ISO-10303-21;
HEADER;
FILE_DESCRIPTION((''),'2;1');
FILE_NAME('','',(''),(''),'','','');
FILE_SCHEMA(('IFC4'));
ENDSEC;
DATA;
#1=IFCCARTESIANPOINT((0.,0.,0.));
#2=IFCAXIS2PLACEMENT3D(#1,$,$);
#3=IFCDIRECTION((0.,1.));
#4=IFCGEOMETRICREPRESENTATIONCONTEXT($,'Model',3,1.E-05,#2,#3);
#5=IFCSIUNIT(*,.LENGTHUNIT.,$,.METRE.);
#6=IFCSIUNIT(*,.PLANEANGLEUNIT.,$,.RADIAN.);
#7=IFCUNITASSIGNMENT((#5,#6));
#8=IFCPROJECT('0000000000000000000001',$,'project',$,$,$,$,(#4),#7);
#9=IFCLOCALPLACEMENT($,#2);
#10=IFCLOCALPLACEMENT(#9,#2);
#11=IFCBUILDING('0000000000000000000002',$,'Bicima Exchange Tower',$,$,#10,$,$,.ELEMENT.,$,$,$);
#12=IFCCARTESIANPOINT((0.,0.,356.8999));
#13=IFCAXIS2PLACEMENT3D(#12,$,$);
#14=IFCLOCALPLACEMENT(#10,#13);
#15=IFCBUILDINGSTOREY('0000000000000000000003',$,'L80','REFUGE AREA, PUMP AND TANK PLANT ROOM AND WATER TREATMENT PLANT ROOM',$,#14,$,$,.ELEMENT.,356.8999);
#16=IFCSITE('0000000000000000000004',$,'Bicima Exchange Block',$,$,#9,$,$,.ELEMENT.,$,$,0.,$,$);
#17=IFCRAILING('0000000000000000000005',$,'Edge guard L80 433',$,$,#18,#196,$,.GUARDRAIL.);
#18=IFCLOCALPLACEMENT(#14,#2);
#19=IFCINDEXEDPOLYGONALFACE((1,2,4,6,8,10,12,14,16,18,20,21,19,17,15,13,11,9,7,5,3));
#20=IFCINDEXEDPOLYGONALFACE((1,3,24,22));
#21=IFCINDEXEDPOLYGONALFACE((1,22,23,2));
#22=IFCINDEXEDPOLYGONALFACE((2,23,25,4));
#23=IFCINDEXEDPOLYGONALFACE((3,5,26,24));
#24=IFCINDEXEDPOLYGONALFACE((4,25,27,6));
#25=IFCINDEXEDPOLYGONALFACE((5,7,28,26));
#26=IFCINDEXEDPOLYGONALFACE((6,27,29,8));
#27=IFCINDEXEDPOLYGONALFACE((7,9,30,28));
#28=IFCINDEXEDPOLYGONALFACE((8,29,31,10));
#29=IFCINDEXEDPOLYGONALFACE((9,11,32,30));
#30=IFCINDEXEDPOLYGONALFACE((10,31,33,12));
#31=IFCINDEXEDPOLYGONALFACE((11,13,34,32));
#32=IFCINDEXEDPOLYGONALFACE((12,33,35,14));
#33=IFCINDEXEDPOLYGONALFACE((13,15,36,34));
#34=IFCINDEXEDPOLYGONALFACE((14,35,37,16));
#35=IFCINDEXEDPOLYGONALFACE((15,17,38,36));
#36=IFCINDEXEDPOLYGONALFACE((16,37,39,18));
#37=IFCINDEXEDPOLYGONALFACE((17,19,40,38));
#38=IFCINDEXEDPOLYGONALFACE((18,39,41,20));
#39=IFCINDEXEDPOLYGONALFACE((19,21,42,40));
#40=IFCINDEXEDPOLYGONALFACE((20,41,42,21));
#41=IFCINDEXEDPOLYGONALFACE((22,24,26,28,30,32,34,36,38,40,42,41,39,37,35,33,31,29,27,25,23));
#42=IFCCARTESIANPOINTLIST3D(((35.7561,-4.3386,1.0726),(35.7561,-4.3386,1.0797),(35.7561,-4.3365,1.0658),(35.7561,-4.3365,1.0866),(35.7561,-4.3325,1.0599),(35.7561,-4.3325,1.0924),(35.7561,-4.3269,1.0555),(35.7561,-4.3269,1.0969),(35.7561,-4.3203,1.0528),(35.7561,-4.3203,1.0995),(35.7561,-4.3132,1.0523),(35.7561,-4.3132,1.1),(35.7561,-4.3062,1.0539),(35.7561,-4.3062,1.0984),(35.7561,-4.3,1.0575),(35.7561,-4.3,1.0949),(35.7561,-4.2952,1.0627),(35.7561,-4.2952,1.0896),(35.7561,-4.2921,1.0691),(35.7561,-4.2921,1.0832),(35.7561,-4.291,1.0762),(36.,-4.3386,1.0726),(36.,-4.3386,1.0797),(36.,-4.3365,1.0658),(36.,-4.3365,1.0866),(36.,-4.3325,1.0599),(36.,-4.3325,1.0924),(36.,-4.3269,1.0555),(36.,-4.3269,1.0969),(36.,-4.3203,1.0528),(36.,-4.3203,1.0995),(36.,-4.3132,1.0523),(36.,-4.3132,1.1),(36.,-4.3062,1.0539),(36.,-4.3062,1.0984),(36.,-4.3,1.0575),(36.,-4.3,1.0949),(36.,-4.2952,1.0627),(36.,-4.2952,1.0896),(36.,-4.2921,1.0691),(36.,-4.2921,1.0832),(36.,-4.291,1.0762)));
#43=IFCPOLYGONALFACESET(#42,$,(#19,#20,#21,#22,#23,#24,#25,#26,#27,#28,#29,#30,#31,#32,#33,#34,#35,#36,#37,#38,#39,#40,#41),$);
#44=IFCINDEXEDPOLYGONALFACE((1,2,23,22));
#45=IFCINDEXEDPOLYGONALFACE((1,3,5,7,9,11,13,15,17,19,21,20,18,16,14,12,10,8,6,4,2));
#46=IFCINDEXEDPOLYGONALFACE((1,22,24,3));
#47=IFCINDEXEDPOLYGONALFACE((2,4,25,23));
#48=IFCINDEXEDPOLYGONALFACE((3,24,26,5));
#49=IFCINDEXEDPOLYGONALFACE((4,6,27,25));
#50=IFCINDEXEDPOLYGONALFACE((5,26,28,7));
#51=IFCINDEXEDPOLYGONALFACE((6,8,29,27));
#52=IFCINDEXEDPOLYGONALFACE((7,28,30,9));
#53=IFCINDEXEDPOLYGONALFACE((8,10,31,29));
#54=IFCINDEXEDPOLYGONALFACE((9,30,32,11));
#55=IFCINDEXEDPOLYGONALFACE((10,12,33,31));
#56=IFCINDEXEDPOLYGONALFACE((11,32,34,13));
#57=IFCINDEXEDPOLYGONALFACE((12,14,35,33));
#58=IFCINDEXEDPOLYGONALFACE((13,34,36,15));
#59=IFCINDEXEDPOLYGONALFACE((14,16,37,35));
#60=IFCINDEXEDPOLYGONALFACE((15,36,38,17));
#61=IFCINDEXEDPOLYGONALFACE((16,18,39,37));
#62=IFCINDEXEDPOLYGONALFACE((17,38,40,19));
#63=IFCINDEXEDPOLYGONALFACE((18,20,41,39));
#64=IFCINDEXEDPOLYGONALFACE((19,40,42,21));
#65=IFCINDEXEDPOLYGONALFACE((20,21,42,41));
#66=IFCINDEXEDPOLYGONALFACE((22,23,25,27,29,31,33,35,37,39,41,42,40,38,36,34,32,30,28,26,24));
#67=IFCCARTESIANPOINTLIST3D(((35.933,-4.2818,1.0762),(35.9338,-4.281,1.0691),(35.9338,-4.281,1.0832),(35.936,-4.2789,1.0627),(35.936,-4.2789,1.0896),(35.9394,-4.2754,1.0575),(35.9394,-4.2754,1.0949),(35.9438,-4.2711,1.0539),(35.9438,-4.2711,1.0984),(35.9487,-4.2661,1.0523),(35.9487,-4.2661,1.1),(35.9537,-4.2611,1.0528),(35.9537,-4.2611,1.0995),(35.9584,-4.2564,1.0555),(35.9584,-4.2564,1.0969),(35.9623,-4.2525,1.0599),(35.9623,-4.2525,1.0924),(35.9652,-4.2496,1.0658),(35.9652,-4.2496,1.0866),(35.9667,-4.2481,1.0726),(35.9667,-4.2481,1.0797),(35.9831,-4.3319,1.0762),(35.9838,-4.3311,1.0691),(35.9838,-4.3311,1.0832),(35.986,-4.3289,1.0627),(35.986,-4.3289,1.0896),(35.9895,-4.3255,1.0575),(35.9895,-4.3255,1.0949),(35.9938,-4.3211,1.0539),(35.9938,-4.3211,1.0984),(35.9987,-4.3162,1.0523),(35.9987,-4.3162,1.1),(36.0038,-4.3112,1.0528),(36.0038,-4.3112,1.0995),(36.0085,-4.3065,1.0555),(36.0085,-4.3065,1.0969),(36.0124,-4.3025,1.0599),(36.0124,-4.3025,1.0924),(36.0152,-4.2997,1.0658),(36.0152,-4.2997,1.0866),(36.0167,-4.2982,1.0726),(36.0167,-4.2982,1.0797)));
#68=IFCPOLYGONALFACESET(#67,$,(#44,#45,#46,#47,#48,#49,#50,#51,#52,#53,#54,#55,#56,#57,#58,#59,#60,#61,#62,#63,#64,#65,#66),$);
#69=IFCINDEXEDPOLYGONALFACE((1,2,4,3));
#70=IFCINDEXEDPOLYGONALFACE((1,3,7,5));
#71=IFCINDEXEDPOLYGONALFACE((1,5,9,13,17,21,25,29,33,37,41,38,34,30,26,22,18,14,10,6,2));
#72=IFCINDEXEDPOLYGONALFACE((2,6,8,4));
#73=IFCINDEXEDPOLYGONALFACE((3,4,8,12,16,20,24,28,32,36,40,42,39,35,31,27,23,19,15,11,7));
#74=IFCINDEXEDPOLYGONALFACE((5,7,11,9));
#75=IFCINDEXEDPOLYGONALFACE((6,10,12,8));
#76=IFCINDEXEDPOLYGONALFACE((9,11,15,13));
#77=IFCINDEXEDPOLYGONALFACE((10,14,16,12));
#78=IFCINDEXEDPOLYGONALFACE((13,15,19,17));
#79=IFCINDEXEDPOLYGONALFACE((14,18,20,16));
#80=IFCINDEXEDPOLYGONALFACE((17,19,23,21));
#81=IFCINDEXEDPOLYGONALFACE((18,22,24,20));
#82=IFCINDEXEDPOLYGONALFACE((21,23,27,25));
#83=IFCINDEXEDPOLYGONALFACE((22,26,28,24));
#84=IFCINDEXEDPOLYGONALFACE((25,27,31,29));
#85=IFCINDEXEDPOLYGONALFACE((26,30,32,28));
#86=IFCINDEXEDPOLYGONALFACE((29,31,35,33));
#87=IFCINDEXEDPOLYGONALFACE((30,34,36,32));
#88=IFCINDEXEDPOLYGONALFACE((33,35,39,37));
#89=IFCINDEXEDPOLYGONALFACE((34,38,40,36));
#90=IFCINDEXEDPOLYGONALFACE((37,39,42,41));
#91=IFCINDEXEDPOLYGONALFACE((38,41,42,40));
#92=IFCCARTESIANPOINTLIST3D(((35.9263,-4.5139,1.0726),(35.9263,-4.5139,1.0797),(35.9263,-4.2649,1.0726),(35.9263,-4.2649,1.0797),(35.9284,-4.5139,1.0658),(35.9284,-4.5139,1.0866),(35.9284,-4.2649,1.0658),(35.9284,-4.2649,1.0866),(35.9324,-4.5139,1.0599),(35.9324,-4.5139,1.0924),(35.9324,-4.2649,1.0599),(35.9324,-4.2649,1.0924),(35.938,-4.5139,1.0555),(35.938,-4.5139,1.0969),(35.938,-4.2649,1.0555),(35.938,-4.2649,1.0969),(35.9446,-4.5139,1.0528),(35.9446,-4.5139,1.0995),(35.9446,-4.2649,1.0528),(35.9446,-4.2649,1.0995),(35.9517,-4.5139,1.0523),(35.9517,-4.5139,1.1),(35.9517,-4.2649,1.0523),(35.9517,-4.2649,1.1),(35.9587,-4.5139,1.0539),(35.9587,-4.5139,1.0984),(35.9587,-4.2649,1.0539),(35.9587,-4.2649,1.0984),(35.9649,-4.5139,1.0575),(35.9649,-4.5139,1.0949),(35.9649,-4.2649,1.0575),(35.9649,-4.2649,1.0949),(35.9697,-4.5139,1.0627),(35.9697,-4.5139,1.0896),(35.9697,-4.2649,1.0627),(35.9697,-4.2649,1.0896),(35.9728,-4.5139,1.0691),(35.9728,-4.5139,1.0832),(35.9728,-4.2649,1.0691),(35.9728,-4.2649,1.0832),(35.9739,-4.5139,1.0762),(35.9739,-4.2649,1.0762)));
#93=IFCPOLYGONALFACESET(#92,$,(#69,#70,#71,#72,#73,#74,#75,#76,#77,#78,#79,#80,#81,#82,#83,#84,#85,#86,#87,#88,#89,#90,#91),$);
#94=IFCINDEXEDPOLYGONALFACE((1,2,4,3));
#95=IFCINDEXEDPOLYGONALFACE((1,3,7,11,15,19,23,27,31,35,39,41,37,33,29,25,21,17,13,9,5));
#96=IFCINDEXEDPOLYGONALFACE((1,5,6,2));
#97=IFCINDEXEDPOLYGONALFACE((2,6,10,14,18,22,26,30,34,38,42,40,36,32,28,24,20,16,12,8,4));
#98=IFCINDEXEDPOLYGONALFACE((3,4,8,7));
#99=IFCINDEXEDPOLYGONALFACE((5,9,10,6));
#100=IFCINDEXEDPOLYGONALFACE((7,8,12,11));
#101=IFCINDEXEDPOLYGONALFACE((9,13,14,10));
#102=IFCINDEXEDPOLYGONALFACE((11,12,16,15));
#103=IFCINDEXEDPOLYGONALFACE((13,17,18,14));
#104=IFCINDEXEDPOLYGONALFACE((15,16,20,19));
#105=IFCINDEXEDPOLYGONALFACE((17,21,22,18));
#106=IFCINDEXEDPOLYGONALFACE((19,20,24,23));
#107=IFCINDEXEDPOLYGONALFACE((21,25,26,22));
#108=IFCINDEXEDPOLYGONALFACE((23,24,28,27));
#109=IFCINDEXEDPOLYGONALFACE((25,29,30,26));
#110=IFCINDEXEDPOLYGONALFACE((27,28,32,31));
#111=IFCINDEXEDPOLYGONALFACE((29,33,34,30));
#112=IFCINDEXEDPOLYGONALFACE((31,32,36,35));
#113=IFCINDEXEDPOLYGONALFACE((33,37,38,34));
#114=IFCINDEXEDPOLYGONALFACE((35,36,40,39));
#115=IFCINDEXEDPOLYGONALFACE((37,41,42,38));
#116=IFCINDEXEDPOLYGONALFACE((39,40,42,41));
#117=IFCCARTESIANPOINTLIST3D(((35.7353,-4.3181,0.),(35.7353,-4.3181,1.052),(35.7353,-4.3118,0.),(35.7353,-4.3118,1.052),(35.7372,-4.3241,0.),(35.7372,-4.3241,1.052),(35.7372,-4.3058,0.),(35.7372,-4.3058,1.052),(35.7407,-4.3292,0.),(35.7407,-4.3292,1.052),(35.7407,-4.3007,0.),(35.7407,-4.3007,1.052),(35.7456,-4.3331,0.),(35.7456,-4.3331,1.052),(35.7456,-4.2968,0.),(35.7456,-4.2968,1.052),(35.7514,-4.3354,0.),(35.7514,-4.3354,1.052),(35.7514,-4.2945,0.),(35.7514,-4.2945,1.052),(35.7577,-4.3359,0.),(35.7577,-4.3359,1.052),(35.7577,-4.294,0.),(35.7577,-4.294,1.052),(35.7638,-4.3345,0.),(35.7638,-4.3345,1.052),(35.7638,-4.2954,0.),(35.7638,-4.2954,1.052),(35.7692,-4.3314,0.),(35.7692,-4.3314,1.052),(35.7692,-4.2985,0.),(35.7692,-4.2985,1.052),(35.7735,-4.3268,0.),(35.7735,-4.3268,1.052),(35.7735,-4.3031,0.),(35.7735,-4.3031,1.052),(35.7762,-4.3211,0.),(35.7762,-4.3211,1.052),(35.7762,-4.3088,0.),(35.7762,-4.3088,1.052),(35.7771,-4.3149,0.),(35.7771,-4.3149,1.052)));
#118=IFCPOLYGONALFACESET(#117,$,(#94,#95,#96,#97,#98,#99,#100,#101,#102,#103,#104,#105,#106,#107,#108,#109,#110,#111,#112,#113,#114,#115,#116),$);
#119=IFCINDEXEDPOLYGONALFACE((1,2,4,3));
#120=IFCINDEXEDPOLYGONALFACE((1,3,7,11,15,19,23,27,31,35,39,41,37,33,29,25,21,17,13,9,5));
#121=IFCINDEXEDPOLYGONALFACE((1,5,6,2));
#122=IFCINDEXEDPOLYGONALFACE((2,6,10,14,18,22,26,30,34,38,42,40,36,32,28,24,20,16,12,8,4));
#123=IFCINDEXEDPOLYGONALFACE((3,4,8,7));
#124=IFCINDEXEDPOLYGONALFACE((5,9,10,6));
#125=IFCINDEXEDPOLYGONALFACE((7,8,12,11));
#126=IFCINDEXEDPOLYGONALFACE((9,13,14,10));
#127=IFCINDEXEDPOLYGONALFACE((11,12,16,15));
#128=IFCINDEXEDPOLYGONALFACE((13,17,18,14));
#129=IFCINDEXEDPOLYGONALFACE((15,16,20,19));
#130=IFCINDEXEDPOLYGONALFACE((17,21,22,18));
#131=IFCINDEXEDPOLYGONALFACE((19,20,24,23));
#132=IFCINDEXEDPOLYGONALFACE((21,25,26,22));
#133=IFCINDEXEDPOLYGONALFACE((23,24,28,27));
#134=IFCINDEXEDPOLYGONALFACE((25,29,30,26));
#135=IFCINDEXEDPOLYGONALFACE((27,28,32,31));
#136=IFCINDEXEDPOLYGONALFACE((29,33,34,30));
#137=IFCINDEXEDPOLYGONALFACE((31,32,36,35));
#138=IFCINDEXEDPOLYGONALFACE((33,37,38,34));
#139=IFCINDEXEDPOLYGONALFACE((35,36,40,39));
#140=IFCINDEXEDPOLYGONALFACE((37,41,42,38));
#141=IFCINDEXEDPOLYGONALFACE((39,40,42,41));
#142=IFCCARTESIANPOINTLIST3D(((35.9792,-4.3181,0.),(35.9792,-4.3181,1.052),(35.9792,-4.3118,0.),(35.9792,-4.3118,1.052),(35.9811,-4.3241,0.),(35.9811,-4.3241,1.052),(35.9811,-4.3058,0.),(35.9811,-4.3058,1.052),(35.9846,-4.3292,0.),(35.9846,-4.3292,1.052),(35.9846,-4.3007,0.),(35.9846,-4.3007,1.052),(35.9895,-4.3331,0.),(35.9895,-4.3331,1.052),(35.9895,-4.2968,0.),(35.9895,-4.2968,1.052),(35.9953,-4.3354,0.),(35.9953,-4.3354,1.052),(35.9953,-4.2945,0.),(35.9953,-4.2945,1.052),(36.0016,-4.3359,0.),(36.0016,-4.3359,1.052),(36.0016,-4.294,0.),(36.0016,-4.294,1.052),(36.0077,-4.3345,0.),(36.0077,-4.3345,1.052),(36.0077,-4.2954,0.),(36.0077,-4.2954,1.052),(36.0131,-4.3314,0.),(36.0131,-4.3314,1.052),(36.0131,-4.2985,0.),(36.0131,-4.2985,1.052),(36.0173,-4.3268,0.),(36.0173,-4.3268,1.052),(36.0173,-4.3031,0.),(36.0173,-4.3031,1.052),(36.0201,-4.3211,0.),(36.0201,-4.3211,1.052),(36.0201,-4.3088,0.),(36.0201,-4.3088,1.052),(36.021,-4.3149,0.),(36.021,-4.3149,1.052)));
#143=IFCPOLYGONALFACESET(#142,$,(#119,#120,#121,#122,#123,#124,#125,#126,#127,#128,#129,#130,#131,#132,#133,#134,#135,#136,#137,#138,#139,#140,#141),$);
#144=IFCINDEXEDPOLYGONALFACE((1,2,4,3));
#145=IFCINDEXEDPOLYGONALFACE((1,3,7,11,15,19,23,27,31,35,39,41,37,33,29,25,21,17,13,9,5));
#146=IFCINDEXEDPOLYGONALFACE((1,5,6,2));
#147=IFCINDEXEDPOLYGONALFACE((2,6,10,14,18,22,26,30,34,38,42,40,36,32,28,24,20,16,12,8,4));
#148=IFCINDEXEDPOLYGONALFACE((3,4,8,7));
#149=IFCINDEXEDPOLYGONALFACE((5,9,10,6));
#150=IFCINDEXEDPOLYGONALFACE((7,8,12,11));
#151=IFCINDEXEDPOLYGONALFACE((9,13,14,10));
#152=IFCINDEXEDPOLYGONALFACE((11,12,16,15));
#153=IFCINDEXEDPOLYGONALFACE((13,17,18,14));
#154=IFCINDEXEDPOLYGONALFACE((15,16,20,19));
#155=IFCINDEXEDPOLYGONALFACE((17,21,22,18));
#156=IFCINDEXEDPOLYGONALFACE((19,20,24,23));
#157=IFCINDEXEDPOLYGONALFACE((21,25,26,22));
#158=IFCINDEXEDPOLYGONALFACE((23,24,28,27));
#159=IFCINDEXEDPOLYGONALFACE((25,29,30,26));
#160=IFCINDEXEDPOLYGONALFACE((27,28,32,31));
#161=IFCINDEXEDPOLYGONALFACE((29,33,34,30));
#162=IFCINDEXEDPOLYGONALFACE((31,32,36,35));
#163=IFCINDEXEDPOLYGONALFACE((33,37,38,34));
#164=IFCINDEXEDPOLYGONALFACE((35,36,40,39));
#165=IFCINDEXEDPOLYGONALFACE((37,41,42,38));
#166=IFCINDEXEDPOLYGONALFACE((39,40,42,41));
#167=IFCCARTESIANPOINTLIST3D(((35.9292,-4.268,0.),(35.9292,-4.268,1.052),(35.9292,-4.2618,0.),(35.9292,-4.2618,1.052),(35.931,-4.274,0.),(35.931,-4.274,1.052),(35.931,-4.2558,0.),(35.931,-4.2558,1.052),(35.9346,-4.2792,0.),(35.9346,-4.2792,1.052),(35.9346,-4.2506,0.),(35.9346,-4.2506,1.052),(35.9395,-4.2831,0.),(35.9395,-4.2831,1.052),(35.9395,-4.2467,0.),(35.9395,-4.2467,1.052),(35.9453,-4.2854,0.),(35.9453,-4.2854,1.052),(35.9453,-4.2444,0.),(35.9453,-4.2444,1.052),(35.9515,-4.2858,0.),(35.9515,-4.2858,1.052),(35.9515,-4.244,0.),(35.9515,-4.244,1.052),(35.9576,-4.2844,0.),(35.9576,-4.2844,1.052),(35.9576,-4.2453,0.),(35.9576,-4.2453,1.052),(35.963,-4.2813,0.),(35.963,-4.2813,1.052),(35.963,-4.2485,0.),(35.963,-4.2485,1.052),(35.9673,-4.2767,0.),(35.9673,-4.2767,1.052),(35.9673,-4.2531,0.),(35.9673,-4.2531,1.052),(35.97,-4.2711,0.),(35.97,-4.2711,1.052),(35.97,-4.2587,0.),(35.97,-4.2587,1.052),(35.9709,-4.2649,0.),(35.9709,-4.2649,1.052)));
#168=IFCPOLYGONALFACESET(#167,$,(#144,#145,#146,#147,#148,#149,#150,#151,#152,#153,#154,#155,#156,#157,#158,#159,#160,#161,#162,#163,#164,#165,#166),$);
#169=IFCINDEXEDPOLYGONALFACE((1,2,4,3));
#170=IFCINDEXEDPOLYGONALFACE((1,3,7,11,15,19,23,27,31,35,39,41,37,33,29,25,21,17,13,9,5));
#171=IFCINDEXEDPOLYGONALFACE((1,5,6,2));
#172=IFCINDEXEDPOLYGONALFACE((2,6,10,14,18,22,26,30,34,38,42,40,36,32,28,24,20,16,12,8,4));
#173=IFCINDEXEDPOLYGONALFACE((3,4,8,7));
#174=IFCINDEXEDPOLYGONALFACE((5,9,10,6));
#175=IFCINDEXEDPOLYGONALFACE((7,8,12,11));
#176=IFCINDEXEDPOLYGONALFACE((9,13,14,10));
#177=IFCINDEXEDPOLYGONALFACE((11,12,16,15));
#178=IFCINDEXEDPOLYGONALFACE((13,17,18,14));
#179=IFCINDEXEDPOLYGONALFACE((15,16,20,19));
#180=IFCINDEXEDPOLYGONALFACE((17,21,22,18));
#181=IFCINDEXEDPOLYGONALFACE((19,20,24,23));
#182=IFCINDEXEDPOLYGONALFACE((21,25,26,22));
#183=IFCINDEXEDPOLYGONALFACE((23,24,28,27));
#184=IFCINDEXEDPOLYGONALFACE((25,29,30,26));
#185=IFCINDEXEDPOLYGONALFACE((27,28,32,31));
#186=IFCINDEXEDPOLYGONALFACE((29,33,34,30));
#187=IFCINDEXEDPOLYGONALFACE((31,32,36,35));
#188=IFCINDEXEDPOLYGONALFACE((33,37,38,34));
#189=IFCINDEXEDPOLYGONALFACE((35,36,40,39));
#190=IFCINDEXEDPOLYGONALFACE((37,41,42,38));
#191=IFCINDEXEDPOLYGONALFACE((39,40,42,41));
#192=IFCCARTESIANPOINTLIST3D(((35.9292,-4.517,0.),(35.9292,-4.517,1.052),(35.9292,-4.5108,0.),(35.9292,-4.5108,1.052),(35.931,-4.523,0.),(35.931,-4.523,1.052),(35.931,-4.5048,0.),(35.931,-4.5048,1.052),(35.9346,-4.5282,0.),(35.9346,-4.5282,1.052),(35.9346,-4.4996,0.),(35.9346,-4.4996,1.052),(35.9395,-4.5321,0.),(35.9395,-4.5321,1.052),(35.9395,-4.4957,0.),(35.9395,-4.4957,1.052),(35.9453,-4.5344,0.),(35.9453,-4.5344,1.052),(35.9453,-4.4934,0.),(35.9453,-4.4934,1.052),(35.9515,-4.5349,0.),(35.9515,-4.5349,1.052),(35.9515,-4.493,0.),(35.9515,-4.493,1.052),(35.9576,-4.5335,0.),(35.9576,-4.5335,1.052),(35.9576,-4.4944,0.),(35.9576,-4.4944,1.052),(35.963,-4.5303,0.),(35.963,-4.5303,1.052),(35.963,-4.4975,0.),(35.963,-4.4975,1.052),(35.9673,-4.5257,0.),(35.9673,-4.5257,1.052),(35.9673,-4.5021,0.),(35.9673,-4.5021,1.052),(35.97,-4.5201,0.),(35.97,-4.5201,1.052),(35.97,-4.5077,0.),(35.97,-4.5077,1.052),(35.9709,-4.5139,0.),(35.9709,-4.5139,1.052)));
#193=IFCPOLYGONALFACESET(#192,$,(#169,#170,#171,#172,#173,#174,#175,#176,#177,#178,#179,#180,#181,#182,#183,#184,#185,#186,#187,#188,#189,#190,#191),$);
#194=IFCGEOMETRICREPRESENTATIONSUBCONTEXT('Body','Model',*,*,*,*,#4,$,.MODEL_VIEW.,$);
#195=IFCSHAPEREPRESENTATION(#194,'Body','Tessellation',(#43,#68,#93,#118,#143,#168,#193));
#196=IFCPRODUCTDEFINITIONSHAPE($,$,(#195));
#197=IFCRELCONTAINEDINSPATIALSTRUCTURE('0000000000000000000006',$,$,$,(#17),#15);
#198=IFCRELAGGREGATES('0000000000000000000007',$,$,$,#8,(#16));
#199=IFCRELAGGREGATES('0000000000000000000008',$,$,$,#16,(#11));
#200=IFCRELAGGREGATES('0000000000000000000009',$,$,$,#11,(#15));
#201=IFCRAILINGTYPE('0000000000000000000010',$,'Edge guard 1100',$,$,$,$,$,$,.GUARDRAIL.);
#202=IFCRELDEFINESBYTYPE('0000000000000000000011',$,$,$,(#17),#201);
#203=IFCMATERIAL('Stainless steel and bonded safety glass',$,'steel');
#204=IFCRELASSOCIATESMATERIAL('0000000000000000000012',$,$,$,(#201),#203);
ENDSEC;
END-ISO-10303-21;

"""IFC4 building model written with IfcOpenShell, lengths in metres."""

from ifc_helpers import new_model, si_unit, direction, frame, origin, origin_2d, place, context, subcontext, project, spatial, circle, extrude, material, type_object, element, save


model = new_model("IFC4")

# Units and contexts
model_context = context("Model", 3, precision=1e-05, world=origin(), true_north=direction((0.0, 1.0)))
body_context = subcontext(model_context, "Body", "Model", "MODEL_VIEW")
ifc_project = project(units=[si_unit("LENGTHUNIT", "METRE"), si_unit("PLANEANGLEUNIT", "RADIAN")], contexts=[model_context])

# Site, building, storey
site_placement = place(None, origin())
site = spatial("IfcSite", under=ifc_project, at=site_placement, Name="Bicima Exchange Block", CompositionType="ELEMENT", RefElevation=0.0)
building_placement = place(site_placement, origin())
building = spatial("IfcBuilding", under=site, at=building_placement, Name="Bicima Exchange Tower", CompositionType="ELEMENT")
storey_placement = place(building_placement, frame((0.0, 0.0, 356.8999)))
storey = spatial("IfcBuildingStorey", under=building, at=storey_placement, Name="L80", Description="REFUGE AREA, PUMP AND TANK PLANT ROOM AND WATER TREATMENT PLANT ROOM", CompositionType="ELEMENT", Elevation=356.8999)

# Railing
ifc_material_1 = material(Name="Stainless steel and bonded safety glass", Category="steel")
railing_type = type_object("IfcRailingType", Name="Edge guard 1100", PredefinedType="GUARDRAIL", material=ifc_material_1)
railing_1_placement = place(storey_placement, frame((35.7561, -4.3149, 0.0)))
element("IfcRailing", 1, at=railing_1_placement, inside=storey, type_object=railing_type, Name="Edge guard L80 433", PredefinedType="GUARDRAIL", context=body_context, shape_type="SweptSolid", body=[
    extrude(circle(Radius=0.0239, at=origin_2d()), frame((0.0, 0.0, 1.0762), z_axis=(1.0, 0.0, 0.0), x_axis=(0.0, 1.0, 0.0)), (0.0, 0.0, 1.0), 0.2439),
    extrude(circle(Radius=0.0239, at=origin_2d()), frame((0.2439, 0.0, 1.0762), z_axis=(-0.707107, 0.707107, 0.0), x_axis=(-0.707107, -0.707107, 0.0)), (0.0, 0.0, 1.0), 0.0708),
    extrude(circle(Radius=0.0239, at=origin_2d()), frame((0.1938, 0.05, 1.0762), z_axis=(0.0, -1.0, 0.0), x_axis=(1.0, 0.0, 0.0)), (0.0, 0.0, 1.0), 0.249),
    extrude(circle(Radius=0.021, at=origin_2d()), origin(), (0.0, 0.0, 1.0), 1.052),
    extrude(circle(Radius=0.021, at=origin_2d()), frame((0.2439, 0.0, 0.0)), (0.0, 0.0, 1.0), 1.052),
    extrude(circle(Radius=0.021, at=origin_2d()), frame((0.1938, 0.05, 0.0)), (0.0, 0.0, 1.0), 1.052),
    extrude(circle(Radius=0.021, at=origin_2d()), frame((0.1938, -0.199, 0.0)), (0.0, 0.0, 1.0), 1.052),
])

save(model, "model.ifc")
